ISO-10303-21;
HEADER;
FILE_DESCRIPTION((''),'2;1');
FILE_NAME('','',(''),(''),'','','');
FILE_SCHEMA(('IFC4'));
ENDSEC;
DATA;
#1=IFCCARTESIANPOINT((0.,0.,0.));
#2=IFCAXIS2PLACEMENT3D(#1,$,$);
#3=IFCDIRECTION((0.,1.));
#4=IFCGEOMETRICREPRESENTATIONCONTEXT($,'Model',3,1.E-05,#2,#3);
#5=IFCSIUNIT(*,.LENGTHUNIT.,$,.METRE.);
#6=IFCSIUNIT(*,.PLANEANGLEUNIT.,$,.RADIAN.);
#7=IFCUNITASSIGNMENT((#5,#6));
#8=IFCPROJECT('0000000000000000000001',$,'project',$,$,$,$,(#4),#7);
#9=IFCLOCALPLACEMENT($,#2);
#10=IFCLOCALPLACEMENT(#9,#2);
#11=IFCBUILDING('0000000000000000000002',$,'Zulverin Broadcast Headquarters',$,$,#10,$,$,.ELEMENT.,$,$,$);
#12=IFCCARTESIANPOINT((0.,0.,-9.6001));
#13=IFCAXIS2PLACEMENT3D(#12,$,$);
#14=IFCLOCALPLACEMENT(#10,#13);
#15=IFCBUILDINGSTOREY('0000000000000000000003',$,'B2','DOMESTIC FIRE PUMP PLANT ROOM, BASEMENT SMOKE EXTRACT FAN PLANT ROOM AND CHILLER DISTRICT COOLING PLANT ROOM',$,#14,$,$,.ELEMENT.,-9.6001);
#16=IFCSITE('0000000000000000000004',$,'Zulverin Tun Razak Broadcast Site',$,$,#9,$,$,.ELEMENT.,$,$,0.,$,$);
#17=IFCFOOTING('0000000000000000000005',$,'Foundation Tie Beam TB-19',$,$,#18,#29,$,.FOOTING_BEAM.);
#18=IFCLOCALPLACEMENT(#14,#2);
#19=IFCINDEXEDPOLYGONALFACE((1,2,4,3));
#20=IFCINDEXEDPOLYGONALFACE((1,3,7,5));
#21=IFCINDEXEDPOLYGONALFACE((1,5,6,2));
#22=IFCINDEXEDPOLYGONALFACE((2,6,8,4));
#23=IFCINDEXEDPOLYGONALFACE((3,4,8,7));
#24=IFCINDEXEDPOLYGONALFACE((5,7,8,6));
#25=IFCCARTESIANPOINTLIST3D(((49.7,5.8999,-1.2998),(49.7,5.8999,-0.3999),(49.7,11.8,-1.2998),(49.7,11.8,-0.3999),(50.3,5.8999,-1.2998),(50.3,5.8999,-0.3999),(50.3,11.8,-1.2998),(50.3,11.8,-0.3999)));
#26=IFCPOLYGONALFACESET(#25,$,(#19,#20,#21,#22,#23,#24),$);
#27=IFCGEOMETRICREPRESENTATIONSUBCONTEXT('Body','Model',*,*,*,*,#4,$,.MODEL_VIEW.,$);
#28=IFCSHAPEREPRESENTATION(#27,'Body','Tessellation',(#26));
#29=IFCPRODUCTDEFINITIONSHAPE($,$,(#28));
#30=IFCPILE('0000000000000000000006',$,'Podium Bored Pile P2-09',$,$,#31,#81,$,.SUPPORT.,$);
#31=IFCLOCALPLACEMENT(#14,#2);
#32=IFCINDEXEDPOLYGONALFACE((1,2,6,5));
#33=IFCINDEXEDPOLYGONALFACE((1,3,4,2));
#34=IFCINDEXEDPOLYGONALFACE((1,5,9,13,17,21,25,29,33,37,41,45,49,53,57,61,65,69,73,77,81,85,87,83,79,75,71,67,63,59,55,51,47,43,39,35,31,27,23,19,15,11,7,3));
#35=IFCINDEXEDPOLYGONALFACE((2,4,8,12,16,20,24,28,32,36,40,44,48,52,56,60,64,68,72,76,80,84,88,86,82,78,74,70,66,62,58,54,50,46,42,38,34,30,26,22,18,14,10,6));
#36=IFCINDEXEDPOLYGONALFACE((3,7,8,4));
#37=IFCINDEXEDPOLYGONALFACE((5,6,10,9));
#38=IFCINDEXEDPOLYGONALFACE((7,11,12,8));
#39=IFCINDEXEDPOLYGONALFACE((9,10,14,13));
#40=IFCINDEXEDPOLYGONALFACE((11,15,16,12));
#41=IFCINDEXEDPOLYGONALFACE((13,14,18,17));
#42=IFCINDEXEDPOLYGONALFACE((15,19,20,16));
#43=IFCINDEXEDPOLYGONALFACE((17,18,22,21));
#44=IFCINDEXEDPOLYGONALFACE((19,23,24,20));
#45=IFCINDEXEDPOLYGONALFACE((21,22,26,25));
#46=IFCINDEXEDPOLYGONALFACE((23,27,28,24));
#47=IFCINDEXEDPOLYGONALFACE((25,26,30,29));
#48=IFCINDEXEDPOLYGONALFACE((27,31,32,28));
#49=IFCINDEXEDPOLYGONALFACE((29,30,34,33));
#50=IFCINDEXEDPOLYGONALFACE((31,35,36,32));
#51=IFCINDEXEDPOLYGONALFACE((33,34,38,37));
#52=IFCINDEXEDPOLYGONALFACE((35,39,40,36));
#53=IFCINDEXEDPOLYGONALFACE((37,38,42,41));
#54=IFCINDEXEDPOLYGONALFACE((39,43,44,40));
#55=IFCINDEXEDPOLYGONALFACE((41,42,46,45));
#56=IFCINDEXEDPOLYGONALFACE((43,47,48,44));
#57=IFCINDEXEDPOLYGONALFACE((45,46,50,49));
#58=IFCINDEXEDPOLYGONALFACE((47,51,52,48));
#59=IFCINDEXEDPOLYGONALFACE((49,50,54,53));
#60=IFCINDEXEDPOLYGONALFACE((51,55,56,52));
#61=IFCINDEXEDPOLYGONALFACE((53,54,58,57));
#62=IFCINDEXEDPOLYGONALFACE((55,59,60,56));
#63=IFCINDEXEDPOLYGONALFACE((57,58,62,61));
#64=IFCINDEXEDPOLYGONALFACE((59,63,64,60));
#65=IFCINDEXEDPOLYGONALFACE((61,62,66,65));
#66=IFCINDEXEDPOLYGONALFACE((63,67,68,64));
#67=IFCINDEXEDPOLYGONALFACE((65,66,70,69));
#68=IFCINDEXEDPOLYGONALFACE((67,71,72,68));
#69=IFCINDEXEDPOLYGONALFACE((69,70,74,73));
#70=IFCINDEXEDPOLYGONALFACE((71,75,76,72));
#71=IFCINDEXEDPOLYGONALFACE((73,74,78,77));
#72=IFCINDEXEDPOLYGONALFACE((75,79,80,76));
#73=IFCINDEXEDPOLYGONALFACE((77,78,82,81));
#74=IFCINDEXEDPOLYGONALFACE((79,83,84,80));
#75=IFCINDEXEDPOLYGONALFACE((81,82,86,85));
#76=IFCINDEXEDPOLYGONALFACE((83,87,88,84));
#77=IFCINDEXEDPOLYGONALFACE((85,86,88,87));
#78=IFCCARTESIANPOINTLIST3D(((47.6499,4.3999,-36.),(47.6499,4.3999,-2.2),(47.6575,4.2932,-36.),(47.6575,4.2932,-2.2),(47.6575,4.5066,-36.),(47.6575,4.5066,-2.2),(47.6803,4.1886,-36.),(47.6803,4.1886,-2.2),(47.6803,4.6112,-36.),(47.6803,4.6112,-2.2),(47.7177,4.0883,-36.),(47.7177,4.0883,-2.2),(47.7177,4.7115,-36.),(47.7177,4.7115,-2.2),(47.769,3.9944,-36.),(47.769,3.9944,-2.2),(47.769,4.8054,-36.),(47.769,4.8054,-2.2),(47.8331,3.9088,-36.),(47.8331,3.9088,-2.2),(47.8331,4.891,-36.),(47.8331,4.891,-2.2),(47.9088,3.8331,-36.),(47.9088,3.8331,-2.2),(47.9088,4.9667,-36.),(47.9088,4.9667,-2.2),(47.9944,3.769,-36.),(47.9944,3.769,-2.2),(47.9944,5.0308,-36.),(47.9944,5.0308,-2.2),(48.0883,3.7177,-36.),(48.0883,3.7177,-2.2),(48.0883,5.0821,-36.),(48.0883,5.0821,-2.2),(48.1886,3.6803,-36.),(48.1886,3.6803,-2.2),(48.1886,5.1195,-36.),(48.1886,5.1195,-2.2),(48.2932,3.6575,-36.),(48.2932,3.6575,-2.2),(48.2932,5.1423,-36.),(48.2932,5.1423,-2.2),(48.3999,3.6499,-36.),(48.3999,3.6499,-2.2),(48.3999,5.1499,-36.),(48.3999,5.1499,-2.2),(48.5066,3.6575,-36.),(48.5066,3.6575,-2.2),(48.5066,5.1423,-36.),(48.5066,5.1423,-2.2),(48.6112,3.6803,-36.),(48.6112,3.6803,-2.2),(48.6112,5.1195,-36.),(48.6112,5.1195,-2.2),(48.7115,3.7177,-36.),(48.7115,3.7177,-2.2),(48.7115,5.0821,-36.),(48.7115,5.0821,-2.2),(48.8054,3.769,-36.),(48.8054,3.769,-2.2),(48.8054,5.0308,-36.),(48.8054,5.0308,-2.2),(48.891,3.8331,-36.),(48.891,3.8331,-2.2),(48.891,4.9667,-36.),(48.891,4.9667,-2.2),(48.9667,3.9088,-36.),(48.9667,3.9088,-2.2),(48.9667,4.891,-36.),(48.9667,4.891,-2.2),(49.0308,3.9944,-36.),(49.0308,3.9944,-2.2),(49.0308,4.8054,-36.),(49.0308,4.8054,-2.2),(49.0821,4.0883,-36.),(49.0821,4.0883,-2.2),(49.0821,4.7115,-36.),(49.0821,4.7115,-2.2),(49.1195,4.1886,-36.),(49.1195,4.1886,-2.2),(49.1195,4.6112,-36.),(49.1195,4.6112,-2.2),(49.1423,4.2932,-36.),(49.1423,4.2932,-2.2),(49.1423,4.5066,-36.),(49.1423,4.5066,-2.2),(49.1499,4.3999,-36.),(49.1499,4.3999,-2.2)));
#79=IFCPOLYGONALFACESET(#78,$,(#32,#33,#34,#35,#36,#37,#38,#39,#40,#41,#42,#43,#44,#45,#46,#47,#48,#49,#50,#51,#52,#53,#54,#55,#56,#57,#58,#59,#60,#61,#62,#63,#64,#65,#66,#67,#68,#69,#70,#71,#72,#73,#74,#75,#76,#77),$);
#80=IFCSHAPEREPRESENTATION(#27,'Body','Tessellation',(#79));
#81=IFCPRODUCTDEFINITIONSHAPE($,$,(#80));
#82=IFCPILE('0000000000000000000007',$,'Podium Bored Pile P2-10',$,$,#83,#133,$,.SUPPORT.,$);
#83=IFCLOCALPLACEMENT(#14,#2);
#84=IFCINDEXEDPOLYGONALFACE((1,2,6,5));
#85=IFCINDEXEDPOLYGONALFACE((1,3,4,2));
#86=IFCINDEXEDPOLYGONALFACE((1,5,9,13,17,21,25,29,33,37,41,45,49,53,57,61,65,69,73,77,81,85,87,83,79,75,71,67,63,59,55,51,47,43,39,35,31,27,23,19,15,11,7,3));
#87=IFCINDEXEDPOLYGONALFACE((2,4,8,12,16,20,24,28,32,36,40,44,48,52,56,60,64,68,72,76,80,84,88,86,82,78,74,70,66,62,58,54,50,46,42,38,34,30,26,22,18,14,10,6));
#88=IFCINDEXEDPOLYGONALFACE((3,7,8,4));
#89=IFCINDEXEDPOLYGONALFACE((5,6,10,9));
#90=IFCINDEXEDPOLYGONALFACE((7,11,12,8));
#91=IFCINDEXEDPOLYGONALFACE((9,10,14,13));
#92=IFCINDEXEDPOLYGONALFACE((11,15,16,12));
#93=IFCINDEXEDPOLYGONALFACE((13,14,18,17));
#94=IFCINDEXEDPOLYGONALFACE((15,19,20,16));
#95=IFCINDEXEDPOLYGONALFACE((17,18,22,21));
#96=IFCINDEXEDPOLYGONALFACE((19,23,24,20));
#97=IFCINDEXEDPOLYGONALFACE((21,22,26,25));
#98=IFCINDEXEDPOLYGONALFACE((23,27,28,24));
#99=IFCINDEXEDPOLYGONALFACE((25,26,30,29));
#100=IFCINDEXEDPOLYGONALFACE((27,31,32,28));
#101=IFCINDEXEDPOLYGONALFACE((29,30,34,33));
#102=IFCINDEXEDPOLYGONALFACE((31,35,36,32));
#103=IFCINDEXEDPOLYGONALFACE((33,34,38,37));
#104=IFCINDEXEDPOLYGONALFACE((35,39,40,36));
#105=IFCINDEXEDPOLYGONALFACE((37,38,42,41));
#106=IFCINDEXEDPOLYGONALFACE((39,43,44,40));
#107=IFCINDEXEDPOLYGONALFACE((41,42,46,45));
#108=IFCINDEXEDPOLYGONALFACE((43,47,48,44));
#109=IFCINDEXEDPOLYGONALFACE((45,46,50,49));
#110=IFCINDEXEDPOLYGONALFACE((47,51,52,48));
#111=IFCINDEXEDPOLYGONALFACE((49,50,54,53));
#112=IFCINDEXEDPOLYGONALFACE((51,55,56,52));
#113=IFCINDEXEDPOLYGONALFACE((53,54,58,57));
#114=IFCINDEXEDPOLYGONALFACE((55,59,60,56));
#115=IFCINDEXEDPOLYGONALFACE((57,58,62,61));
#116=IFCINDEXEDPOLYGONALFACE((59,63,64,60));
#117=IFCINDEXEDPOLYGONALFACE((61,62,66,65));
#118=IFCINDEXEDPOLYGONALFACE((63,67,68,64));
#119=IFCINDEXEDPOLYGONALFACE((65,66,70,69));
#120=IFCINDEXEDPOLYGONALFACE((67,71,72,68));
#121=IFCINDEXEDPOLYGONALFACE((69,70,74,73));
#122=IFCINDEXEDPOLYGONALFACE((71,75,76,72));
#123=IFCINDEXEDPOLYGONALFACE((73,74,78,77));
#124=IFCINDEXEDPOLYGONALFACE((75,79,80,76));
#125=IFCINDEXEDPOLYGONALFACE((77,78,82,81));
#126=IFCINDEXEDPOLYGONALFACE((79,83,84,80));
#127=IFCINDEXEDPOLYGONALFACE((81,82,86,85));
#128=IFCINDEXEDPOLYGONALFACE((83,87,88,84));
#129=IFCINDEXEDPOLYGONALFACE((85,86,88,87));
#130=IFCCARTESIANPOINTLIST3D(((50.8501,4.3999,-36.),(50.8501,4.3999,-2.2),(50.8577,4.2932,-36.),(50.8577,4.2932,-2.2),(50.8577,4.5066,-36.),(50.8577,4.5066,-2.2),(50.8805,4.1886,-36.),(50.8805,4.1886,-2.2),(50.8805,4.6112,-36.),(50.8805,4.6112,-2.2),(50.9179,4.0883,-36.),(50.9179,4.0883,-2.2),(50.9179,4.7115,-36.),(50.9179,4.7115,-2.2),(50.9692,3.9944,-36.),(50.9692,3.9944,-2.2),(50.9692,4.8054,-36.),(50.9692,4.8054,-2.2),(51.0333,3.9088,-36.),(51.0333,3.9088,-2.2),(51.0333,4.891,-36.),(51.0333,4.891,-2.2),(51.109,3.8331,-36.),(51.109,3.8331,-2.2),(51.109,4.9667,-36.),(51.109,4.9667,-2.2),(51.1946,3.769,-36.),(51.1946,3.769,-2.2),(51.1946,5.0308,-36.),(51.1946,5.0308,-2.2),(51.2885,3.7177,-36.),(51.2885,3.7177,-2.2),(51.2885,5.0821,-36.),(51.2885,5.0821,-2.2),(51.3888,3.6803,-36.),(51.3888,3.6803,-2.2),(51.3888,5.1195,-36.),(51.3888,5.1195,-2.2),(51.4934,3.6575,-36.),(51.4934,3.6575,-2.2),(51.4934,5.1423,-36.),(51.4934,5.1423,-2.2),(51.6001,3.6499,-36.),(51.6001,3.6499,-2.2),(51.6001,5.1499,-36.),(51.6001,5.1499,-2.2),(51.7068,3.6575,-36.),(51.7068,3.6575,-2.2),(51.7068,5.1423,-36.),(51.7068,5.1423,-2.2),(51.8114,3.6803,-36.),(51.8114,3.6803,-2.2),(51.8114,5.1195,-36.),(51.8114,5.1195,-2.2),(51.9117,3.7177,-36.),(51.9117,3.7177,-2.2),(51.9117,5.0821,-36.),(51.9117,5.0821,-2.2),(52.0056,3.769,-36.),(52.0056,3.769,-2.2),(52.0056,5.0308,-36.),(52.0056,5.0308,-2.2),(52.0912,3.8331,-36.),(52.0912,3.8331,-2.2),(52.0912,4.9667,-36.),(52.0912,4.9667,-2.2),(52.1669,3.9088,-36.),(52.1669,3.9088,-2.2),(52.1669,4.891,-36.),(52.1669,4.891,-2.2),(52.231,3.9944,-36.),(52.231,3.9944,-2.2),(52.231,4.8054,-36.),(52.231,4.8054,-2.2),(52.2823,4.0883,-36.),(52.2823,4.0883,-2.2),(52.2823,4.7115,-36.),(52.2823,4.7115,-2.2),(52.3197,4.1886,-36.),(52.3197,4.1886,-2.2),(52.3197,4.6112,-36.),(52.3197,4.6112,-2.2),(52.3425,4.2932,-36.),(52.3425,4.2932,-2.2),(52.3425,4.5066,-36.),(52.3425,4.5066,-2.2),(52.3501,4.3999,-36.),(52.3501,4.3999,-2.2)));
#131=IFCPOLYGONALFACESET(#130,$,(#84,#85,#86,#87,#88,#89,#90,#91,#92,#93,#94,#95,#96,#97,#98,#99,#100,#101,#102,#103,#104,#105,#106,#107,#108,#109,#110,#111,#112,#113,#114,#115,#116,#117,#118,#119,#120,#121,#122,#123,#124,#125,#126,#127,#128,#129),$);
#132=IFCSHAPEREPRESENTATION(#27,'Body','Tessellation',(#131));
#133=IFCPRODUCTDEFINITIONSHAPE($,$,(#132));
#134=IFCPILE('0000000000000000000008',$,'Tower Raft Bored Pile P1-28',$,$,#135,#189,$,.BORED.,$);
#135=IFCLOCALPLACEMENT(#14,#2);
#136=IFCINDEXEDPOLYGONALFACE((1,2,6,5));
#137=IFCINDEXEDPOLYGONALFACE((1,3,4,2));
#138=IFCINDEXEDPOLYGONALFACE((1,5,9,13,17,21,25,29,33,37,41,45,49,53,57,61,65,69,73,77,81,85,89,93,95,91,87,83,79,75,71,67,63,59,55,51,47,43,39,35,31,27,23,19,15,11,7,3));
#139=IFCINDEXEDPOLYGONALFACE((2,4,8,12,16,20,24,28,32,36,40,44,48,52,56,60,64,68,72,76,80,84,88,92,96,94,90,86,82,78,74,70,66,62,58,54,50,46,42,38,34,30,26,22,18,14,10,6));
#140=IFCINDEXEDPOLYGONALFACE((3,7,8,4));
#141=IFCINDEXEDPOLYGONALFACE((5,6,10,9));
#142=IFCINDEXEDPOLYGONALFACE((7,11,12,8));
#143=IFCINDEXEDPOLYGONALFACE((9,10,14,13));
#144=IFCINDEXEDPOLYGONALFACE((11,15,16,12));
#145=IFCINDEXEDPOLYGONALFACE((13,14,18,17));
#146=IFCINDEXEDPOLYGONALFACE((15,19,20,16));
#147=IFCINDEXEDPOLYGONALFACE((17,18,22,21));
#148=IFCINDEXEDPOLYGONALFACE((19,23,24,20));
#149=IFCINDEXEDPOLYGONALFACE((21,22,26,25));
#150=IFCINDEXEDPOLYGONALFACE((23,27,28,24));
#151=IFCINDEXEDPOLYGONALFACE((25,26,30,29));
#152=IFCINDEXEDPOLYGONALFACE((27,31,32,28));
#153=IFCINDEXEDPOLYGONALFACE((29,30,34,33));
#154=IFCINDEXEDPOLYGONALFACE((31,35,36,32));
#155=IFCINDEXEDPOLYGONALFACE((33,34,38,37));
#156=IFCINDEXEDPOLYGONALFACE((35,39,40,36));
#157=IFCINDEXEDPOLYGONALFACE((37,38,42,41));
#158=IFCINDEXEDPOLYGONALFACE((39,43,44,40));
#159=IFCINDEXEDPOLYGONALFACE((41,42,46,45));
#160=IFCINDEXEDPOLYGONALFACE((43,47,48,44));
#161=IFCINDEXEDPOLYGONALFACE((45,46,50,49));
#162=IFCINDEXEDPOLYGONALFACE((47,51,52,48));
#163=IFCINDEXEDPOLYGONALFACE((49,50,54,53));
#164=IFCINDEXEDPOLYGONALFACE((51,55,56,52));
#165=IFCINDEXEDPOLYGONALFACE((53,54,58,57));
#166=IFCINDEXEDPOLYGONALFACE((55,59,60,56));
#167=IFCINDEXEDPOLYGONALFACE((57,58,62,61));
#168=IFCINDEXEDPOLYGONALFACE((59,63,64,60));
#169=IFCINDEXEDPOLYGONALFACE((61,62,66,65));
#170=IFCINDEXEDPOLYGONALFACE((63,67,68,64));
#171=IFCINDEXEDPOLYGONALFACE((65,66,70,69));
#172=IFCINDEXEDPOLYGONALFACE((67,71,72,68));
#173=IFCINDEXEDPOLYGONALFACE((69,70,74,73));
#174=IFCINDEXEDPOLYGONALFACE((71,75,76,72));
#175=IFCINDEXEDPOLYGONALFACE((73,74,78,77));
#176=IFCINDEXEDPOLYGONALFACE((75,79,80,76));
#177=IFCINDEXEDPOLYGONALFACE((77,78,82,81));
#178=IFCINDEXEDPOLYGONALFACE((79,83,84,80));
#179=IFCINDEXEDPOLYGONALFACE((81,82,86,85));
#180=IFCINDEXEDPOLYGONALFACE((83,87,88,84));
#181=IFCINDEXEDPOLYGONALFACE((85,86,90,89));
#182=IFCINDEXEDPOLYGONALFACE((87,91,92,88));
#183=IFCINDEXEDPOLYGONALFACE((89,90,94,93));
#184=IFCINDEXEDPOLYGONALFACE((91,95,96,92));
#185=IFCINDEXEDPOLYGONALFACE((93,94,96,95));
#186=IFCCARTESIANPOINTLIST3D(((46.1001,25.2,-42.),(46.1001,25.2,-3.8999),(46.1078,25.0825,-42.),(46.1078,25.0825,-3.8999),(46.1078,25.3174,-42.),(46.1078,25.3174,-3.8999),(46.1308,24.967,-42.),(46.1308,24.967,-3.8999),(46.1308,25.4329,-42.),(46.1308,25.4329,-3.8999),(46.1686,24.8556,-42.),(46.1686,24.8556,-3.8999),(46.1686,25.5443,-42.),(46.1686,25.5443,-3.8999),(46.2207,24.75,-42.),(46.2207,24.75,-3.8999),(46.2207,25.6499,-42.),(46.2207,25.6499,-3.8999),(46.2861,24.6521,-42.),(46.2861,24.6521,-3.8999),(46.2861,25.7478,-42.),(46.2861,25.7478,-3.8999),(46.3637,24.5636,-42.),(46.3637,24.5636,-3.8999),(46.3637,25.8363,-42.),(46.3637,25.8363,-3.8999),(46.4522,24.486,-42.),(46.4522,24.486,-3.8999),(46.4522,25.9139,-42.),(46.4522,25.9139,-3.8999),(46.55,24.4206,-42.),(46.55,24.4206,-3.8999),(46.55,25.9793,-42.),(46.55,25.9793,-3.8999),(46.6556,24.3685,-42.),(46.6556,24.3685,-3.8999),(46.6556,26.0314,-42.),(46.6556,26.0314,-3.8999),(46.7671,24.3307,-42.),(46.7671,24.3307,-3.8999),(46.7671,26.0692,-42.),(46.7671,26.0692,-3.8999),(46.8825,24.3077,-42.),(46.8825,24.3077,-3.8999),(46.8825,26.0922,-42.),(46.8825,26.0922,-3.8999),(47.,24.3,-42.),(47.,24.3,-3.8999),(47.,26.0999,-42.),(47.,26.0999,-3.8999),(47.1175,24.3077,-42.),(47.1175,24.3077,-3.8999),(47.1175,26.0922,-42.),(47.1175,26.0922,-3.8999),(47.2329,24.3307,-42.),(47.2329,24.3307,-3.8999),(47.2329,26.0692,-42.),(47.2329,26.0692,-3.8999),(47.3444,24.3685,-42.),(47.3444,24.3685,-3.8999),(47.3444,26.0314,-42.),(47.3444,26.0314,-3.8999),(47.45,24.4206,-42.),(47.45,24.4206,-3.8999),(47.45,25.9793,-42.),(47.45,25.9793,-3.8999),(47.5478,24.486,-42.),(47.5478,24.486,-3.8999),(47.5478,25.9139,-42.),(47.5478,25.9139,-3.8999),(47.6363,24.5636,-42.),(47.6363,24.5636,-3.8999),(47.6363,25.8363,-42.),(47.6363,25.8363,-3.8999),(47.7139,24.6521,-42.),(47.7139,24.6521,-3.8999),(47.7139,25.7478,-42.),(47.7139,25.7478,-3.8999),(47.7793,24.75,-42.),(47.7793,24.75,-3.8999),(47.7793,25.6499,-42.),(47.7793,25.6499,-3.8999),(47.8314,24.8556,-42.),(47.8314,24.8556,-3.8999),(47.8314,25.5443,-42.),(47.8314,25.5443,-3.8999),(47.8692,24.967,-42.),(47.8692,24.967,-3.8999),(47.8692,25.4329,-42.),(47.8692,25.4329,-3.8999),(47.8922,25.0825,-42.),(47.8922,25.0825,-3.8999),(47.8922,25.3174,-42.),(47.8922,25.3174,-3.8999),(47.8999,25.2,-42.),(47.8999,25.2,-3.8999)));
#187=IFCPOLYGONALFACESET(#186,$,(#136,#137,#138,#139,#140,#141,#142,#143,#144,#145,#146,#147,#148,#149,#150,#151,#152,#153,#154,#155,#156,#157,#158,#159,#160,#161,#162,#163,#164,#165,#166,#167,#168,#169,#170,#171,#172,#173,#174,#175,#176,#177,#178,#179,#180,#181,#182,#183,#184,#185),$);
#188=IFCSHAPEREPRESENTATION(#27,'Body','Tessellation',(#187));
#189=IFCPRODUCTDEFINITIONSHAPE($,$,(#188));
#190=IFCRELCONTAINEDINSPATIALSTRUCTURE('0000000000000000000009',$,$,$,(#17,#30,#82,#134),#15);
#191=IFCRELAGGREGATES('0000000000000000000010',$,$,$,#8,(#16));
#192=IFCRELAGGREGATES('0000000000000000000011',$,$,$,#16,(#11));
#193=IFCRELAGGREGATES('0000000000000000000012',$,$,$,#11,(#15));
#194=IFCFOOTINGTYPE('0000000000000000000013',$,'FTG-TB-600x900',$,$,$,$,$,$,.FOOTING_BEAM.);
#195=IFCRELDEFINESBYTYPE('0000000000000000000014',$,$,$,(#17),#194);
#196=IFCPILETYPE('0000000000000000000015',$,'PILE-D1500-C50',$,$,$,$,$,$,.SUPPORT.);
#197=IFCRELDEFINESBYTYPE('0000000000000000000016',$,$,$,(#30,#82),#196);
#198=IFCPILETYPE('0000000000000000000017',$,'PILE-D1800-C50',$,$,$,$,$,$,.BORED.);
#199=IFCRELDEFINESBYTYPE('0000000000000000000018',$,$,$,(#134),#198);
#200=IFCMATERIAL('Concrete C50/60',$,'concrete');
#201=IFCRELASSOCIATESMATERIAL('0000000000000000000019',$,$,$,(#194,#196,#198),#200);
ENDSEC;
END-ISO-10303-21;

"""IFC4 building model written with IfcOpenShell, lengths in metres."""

from ifc_helpers import new_model, si_unit, direction, frame, origin, origin_2d, place, context, subcontext, project, spatial, rectangle, circle, extrude, material, material_profile, profile_set, type_object, element, save


model = new_model("IFC4")

# Units and contexts
model_context = context("Model", 3, precision=1e-05, world=origin(), true_north=direction((0.0, 1.0)))
body_context = subcontext(model_context, "Body", "Model", "MODEL_VIEW")
ifc_project = project(units=[si_unit("LENGTHUNIT", "METRE"), si_unit("PLANEANGLEUNIT", "RADIAN")], contexts=[model_context])

# Site, building, storey
site_placement = place(None, origin())
site = spatial("IfcSite", under=ifc_project, at=site_placement, Name="Zulverin Tun Razak Broadcast Site", CompositionType="ELEMENT", RefElevation=0.0)
building_placement = place(site_placement, origin())
building = spatial("IfcBuilding", under=site, at=building_placement, Name="Zulverin Broadcast Headquarters", CompositionType="ELEMENT")
storey_placement = place(building_placement, frame((0.0, 0.0, -9.6001)))
storey = spatial("IfcBuildingStorey", under=building, at=storey_placement, Name="B2", Description="DOMESTIC FIRE PUMP PLANT ROOM, BASEMENT SMOKE EXTRACT FAN PLANT ROOM AND CHILLER DISTRICT COOLING PLANT ROOM", CompositionType="ELEMENT", Elevation=-9.6001)

# Footing
ifc_material_1 = material(Name="Concrete C50/60", Category="concrete")
ifc_material_profile_1 = material_profile(ifc_material_1, rectangle(XDim=0.6001, YDim=0.8999, at=origin_2d()), Name="Concrete C50/60", Category="concrete")
ifc_profile_set_1 = profile_set([ifc_material_profile_1], Name="Concrete C50/60")
footing_type = type_object("IfcFootingType", Name="FTG-TB-600x900", PredefinedType="FOOTING_BEAM", material=ifc_profile_set_1)
footing_placement = place(storey_placement, frame((50.0, 5.8999, -0.8499), z_axis=(0.0, 1.0, 0.0), x_axis=(-1.0, 0.0, 0.0)))
element("IfcFooting", 1, at=footing_placement, inside=storey, type_object=footing_type, Name="Foundation Tie Beam TB-19", PredefinedType="FOOTING_BEAM", context=body_context, shape_type="SweptSolid", body=[
    extrude(rectangle(XDim=0.6001, YDim=0.8999, at=origin_2d()), origin(), (0.0, 0.0, 1.0), 5.9001),
])

# Piles
ifc_material_profile_2 = material_profile(ifc_material_1, circle(Radius=0.75, at=origin_2d()), Name="Concrete C50/60", Category="concrete")
ifc_profile_set_2 = profile_set([ifc_material_profile_2], Name="Concrete C50/60")
pile_type_1 = type_object("IfcPileType", Name="PILE-D1500-C50", PredefinedType="SUPPORT", material=ifc_profile_set_2)
for number, where, z_axis, x_axis, name in (
    (2, (48.3999, 4.3999, -2.2), (0.0, 0.0, -1.0), (1.0, 0.0, 0.0), "Podium Bored Pile P2-09"),
    (3, (51.6001, 4.3999, -2.2), (0.0, 0.0, -1.0), (1.0, 0.0, 0.0), "Podium Bored Pile P2-10"),
):
    element("IfcPile", number, at=place(storey_placement, frame(where, z_axis=z_axis, x_axis=x_axis)), inside=storey, type_object=pile_type_1, Name=name, PredefinedType="SUPPORT", context=body_context, shape_type="SweptSolid", body=[
        extrude(circle(Radius=0.75, at=origin_2d()), origin(), (0.0, 0.0, 1.0), 33.8),
    ])
ifc_material_profile_3 = material_profile(ifc_material_1, circle(Radius=0.8999, at=origin_2d()), Name="Concrete C50/60", Category="concrete")
ifc_profile_set_3 = profile_set([ifc_material_profile_3], Name="Concrete C50/60")
pile_type_2 = type_object("IfcPileType", Name="PILE-D1800-C50", PredefinedType="BORED", material=ifc_profile_set_3)
for number, where, z_axis, x_axis, name in (
    (4, (47.0, 25.2, -3.8999), (0.0, 0.0, -1.0), (1.0, 0.0, 0.0), "Tower Raft Bored Pile P1-28"),
):
    element("IfcPile", number, at=place(storey_placement, frame(where, z_axis=z_axis, x_axis=x_axis)), inside=storey, type_object=pile_type_2, Name=name, PredefinedType="BORED", context=body_context, shape_type="SweptSolid", body=[
        extrude(circle(Radius=0.8999, at=origin_2d()), origin(), (0.0, 0.0, 1.0), 38.1001),
    ])

save(model, "model.ifc")
